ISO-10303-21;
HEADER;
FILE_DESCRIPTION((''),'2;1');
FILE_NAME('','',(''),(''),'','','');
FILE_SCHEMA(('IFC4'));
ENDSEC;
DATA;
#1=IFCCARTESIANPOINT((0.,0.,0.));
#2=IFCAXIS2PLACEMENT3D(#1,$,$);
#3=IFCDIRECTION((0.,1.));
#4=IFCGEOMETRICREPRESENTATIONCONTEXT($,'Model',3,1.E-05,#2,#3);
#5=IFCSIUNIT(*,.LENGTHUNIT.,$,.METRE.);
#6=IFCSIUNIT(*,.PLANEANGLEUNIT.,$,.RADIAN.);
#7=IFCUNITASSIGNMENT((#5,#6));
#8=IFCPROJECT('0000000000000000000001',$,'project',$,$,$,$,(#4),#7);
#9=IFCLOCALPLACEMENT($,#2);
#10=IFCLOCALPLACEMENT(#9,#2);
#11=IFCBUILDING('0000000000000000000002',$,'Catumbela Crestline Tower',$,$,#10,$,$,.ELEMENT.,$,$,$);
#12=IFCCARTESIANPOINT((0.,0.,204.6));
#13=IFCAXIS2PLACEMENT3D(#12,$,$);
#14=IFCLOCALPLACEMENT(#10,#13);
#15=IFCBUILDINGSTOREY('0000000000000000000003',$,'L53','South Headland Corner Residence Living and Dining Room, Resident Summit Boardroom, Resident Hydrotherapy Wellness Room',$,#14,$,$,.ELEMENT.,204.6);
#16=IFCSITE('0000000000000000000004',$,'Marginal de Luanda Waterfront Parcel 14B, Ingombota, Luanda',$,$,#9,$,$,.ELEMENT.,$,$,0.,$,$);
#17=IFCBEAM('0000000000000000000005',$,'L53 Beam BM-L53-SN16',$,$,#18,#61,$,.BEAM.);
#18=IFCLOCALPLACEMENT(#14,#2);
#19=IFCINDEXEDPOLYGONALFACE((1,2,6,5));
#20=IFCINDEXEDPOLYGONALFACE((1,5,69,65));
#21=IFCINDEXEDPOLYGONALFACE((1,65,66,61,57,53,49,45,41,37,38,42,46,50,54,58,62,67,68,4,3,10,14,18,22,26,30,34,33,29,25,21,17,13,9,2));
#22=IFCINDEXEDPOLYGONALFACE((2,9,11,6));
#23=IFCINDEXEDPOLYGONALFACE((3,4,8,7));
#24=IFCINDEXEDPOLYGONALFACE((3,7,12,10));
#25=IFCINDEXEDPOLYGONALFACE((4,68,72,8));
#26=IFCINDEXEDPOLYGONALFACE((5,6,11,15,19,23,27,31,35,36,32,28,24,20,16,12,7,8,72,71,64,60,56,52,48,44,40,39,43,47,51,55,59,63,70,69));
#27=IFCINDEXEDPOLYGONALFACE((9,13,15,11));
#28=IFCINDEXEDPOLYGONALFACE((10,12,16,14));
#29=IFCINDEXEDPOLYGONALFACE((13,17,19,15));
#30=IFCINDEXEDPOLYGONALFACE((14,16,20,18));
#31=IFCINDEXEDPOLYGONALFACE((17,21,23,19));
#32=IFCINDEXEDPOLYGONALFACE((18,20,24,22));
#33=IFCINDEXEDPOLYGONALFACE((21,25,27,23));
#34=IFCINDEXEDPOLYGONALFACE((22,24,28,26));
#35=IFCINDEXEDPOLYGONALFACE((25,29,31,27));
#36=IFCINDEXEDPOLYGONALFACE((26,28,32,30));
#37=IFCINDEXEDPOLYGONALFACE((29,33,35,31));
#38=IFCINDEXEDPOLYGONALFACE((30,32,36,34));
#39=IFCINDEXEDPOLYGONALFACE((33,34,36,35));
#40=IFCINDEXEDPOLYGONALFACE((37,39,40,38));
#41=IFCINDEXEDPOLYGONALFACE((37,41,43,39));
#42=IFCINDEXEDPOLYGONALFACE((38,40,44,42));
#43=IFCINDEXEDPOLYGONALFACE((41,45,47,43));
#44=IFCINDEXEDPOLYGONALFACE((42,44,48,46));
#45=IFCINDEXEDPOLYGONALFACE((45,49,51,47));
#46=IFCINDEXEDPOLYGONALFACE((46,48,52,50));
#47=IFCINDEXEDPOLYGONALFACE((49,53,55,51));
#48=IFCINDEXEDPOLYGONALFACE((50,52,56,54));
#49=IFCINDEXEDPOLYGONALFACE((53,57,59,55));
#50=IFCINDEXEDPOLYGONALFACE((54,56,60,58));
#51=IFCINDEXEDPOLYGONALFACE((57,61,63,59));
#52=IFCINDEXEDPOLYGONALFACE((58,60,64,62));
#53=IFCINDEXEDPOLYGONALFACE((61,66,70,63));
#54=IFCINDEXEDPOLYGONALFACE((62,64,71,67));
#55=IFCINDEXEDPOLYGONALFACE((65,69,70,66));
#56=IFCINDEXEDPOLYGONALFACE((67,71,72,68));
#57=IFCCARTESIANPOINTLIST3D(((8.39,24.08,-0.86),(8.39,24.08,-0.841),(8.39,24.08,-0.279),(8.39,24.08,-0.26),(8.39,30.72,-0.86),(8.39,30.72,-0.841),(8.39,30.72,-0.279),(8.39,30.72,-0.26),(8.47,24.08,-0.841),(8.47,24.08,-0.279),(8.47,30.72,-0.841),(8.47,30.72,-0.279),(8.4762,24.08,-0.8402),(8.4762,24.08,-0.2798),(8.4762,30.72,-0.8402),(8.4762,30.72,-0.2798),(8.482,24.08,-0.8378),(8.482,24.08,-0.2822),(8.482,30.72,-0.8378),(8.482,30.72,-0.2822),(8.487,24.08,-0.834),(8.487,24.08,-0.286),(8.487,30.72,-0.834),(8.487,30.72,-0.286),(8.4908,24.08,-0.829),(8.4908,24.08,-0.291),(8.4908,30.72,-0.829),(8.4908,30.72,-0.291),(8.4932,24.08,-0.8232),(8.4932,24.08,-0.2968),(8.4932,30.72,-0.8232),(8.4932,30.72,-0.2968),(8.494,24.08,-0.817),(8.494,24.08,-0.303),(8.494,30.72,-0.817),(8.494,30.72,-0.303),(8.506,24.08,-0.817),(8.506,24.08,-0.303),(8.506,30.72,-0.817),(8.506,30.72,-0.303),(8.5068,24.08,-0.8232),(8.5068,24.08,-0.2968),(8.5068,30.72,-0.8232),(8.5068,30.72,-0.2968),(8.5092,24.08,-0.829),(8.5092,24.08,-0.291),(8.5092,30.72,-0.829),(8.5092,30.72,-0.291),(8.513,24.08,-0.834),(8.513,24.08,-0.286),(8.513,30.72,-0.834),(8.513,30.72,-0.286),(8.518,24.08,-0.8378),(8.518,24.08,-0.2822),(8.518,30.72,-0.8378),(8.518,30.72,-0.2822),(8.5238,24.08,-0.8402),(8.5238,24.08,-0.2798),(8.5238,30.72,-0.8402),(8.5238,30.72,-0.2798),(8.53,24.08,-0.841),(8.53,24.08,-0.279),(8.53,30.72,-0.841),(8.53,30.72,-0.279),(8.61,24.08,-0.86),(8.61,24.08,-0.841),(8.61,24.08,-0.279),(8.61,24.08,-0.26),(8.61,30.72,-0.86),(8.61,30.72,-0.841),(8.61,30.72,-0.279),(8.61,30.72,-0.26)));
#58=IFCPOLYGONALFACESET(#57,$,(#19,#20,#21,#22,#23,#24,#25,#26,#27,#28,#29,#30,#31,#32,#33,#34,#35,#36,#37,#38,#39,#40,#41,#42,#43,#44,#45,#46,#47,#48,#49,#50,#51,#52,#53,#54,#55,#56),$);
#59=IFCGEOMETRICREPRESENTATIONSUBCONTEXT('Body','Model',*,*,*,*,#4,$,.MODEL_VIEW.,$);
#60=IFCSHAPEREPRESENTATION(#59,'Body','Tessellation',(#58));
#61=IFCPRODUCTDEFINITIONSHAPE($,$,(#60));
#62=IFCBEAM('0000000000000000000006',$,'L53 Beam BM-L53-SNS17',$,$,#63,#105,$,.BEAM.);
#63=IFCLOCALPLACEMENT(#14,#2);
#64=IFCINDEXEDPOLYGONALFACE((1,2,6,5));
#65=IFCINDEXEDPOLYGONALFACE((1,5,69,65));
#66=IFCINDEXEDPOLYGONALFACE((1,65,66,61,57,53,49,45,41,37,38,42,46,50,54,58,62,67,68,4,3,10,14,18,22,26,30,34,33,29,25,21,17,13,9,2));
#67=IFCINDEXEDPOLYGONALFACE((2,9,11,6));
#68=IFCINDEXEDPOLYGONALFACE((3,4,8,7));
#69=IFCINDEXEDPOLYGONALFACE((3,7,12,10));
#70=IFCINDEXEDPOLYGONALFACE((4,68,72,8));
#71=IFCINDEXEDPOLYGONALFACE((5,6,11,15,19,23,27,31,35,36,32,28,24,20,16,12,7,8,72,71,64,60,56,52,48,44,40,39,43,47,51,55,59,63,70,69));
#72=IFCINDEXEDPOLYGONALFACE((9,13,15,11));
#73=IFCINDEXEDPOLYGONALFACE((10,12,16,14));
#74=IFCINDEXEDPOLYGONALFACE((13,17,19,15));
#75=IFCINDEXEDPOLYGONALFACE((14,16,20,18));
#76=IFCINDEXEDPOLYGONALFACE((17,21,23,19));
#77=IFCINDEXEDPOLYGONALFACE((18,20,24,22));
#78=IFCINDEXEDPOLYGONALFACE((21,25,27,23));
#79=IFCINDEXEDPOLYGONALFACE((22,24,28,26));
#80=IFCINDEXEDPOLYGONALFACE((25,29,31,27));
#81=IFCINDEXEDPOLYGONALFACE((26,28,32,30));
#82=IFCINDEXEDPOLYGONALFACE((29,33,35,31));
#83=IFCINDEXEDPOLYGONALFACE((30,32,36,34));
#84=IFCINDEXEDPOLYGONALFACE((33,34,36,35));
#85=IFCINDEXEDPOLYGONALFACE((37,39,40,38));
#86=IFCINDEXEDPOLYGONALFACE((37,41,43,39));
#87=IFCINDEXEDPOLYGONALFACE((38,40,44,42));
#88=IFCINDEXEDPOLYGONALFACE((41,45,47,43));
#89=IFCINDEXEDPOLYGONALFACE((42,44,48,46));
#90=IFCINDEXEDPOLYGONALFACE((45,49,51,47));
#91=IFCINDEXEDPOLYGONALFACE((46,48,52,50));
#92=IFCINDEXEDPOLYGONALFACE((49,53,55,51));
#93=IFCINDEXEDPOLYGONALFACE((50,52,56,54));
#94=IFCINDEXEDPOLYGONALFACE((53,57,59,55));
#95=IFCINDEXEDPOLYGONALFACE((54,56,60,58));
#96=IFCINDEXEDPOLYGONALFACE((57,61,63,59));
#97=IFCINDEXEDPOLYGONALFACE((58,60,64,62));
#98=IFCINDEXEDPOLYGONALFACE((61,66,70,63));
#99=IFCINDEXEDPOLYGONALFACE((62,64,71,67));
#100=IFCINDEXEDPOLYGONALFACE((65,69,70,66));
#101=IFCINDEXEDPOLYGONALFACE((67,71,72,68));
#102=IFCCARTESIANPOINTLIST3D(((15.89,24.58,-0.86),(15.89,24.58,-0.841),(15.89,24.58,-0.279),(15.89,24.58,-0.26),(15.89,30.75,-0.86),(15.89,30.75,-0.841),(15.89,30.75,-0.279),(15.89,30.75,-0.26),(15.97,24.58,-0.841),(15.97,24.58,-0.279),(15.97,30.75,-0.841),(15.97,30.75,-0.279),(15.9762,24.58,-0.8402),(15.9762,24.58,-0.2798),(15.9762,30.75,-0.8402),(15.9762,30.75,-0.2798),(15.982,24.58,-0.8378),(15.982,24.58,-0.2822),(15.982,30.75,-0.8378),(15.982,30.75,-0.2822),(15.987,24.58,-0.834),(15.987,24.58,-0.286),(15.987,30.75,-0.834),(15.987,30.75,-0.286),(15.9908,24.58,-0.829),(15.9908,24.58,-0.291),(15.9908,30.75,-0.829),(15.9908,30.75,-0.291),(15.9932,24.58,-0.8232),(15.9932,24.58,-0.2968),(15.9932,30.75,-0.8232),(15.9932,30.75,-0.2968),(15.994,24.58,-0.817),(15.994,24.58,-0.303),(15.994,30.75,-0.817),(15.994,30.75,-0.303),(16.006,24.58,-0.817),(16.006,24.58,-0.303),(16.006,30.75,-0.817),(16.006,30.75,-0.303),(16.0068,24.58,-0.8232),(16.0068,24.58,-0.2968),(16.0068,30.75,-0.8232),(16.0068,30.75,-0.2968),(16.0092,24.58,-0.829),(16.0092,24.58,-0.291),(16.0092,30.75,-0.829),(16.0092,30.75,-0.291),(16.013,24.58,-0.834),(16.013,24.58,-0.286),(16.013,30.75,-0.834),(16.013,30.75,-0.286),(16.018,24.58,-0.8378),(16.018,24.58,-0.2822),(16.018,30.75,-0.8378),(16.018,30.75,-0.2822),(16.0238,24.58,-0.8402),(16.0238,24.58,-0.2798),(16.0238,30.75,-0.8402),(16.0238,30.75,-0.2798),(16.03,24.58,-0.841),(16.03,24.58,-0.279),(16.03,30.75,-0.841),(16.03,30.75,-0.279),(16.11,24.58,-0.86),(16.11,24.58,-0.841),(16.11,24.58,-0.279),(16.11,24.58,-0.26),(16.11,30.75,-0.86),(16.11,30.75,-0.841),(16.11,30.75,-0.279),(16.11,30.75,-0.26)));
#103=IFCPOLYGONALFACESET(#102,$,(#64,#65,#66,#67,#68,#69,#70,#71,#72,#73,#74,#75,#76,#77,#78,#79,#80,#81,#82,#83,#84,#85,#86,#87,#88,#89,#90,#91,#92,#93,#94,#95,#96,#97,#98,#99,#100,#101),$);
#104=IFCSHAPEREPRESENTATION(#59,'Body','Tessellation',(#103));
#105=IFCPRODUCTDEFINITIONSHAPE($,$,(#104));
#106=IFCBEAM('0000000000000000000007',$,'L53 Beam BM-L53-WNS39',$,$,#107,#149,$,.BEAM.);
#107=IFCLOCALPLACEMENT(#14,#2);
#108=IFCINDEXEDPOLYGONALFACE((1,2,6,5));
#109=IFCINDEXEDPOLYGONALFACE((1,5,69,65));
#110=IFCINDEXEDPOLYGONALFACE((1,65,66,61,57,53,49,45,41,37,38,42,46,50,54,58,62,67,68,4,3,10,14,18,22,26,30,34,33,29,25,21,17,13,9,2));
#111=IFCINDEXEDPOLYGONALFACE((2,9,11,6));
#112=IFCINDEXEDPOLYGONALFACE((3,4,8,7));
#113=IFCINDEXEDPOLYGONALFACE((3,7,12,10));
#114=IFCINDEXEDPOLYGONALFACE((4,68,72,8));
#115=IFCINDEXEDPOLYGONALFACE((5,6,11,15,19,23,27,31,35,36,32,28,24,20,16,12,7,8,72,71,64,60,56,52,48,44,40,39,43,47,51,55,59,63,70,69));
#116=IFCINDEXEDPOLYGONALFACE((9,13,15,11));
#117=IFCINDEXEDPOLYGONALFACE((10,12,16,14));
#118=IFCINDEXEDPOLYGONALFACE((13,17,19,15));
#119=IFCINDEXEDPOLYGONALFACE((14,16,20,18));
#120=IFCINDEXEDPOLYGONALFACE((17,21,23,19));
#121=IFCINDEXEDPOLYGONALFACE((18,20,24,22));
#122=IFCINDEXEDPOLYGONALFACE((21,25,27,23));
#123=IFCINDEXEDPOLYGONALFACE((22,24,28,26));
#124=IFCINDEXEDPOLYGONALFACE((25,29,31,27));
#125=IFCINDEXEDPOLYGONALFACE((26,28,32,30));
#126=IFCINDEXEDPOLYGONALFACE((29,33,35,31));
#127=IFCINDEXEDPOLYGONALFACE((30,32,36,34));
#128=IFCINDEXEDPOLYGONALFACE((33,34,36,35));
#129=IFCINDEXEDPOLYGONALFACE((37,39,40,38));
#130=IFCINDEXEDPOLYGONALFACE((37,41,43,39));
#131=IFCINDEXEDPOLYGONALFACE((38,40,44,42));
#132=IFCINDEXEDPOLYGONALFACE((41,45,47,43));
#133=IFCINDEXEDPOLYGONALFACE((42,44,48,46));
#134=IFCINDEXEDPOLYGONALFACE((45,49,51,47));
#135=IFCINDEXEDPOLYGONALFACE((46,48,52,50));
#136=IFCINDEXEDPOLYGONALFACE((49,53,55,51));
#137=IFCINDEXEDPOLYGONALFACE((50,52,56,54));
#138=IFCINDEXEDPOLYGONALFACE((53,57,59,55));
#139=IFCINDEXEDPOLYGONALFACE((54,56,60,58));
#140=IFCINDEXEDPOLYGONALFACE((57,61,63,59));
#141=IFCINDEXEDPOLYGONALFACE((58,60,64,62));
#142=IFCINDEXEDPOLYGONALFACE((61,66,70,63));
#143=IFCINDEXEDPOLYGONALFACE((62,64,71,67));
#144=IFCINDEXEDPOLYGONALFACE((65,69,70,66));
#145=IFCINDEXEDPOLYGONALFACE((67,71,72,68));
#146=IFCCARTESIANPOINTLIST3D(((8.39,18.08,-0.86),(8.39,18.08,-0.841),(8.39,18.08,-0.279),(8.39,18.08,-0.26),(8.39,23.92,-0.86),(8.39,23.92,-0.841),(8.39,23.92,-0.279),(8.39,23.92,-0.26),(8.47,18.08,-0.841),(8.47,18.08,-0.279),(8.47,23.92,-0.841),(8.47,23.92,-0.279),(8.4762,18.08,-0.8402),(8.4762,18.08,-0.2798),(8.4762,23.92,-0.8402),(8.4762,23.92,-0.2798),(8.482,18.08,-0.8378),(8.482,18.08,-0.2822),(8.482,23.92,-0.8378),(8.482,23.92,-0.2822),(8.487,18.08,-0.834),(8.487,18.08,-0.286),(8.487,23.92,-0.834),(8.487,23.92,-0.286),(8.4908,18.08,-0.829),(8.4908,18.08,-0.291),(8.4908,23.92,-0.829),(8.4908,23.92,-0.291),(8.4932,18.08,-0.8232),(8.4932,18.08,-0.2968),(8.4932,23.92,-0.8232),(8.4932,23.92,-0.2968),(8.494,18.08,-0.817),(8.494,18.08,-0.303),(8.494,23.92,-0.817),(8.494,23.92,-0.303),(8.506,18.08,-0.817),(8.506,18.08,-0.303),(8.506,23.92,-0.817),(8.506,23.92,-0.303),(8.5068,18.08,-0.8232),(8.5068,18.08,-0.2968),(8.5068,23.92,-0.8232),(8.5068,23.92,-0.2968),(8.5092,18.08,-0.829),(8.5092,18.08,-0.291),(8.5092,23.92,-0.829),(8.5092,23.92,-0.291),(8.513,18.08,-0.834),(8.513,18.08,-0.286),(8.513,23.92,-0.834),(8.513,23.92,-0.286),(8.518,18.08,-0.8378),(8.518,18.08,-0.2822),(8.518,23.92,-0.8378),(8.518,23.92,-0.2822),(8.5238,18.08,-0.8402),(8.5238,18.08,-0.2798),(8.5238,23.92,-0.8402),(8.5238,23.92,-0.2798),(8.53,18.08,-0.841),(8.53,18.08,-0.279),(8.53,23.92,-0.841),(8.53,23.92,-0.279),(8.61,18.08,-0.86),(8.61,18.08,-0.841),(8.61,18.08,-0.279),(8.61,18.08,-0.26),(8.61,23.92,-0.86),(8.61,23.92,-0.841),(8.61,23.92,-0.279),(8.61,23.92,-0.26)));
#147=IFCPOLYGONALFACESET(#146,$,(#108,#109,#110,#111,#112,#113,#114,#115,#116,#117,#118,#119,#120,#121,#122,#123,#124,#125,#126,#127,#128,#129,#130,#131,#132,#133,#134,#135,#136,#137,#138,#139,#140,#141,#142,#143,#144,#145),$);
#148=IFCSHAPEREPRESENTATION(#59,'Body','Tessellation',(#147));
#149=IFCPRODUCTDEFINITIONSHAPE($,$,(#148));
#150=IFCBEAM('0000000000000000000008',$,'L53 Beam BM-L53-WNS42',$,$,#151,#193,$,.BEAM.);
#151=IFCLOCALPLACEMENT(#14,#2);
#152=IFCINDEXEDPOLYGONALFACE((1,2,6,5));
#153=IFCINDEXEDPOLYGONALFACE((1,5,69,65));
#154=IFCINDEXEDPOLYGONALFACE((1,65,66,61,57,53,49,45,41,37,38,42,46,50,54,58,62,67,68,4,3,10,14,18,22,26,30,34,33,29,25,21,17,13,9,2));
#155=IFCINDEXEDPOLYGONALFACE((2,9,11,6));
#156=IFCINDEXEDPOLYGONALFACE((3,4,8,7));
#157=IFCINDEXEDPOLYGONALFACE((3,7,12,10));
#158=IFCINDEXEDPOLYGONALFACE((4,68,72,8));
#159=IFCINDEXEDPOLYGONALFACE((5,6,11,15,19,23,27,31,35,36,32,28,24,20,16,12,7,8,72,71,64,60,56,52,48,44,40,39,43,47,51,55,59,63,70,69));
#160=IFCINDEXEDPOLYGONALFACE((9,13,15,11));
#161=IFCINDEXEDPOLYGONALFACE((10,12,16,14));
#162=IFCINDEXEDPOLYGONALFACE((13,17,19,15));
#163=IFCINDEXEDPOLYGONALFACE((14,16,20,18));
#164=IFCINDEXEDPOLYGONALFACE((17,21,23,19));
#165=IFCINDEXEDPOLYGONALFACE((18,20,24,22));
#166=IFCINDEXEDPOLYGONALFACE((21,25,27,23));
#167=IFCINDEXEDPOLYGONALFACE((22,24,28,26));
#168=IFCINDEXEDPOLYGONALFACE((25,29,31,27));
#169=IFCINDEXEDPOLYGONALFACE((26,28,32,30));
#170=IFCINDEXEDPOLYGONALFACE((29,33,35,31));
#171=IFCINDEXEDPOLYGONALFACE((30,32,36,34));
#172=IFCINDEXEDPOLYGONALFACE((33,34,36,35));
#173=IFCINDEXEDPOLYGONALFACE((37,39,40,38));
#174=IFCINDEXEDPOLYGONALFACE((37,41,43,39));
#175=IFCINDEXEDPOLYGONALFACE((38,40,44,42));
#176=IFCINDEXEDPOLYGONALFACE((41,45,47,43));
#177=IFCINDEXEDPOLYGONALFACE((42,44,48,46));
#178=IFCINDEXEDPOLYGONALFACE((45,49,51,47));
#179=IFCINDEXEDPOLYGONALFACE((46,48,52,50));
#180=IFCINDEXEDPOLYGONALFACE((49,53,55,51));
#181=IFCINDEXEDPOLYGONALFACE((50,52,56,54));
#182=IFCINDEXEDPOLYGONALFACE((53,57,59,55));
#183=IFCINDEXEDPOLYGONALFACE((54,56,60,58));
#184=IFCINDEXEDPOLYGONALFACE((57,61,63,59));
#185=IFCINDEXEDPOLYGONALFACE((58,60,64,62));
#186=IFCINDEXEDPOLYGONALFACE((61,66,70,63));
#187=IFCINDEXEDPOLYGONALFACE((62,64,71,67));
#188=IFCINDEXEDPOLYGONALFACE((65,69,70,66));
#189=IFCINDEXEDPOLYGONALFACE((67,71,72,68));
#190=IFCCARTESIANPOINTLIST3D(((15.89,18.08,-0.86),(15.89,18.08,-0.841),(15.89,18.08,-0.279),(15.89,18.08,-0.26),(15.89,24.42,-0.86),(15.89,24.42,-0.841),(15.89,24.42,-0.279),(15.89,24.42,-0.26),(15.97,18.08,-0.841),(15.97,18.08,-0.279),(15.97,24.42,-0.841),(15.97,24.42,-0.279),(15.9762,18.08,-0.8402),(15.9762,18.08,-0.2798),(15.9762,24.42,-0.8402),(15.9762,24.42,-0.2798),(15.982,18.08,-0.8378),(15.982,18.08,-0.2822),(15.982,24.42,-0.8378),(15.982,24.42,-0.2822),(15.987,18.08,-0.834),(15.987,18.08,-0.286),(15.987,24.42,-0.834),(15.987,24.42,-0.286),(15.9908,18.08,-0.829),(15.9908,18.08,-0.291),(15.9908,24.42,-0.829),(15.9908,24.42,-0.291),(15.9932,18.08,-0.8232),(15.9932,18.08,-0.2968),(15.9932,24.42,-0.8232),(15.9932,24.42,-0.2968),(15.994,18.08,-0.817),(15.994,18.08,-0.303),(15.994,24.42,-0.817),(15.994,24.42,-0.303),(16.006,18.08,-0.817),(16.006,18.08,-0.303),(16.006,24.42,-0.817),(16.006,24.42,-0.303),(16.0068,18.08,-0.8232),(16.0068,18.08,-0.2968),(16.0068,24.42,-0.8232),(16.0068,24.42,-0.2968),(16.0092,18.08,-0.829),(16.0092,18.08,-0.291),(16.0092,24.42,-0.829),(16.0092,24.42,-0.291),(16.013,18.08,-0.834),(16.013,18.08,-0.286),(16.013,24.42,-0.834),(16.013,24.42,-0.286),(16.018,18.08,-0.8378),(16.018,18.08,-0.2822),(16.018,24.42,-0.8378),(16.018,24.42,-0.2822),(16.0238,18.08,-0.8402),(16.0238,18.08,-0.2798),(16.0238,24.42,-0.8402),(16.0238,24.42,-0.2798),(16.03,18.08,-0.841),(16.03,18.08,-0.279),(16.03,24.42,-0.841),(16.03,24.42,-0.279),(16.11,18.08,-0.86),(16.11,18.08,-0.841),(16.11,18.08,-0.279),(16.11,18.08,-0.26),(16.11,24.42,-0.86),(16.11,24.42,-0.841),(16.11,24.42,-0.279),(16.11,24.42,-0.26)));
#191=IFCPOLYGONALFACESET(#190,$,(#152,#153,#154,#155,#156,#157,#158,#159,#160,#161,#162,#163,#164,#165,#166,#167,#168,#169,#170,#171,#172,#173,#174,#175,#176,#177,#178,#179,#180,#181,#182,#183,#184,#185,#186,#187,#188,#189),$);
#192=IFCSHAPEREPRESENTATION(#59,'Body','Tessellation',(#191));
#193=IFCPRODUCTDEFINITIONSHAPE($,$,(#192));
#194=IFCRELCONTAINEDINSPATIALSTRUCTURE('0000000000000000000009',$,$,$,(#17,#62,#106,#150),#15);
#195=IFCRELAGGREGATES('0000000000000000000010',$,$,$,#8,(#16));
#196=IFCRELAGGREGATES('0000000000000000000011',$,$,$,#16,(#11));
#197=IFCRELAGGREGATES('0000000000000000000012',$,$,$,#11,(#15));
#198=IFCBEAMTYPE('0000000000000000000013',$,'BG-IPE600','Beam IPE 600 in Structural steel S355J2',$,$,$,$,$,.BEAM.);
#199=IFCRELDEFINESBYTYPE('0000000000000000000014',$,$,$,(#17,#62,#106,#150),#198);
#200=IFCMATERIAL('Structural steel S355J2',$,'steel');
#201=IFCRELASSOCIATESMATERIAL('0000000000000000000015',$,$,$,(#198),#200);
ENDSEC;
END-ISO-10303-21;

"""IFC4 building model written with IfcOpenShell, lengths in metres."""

from ifc_helpers import new_model, si_unit, direction, frame, origin, origin_2d, place, context, subcontext, project, spatial, i_section, extrude, material, material_profile, profile_set, type_object, element, save


model = new_model("IFC4")

# Units and contexts
model_context = context("Model", 3, precision=1e-05, world=origin(), true_north=direction((0.0, 1.0)))
body_context = subcontext(model_context, "Body", "Model", "MODEL_VIEW")
ifc_project = project(units=[si_unit("LENGTHUNIT", "METRE"), si_unit("PLANEANGLEUNIT", "RADIAN")], contexts=[model_context])

# Site, building, storey
site_placement = place(None, origin())
site = spatial("IfcSite", under=ifc_project, at=site_placement, Name="Marginal de Luanda Waterfront Parcel 14B, Ingombota, Luanda", CompositionType="ELEMENT", RefElevation=0.0)
building_placement = place(site_placement, origin())
building = spatial("IfcBuilding", under=site, at=building_placement, Name="Catumbela Crestline Tower", CompositionType="ELEMENT")
storey_placement = place(building_placement, frame((0.0, 0.0, 204.6)))
storey = spatial("IfcBuildingStorey", under=building, at=storey_placement, Name="L53", Description="South Headland Corner Residence Living and Dining Room, Resident Summit Boardroom, Resident Hydrotherapy Wellness Room", CompositionType="ELEMENT", Elevation=204.6)

# Shared definitions
ifc_material_1 = material(Name="Structural steel S355J2", Category="steel")

# Beams
ifc_material_profile_1 = material_profile(ifc_material_1, i_section(OverallWidth=0.22, OverallDepth=0.6, WebThickness=0.012, FlangeThickness=0.019, FilletRadius=0.024, at=origin_2d()), Name="IPE 600")
ifc_profile_set_1 = profile_set([ifc_material_profile_1], Name="Structural steel S355J2")
beam_type_1 = type_object("IfcBeamType", Name="BG-IPE600", Description="Beam IPE 600 in Structural steel S355J2", PredefinedType="BEAM", material=ifc_profile_set_1)
beam_1_placement = place(storey_placement, frame((8.5, 24.08, -0.56), z_axis=(0.0, 1.0, 0.0), x_axis=(-1.0, 0.0, 0.0)))
element("IfcBeam", 1, at=beam_1_placement, inside=storey, type_object=beam_type_1, Name="L53 Beam BM-L53-SN16", PredefinedType="BEAM", context=body_context, shape_type="SweptSolid", body=[
    extrude(i_section(OverallWidth=0.22, OverallDepth=0.6, WebThickness=0.012, FlangeThickness=0.019, FilletRadius=0.024, at=origin_2d()), origin(), (0.0, 0.0, 1.0), 6.64),
])
beam_2_placement = place(storey_placement, frame((16.0, 24.58, -0.56), z_axis=(0.0, 1.0, 0.0), x_axis=(-1.0, 0.0, 0.0)))
element("IfcBeam", 2, at=beam_2_placement, inside=storey, type_object=beam_type_1, Name="L53 Beam BM-L53-SNS17", PredefinedType="BEAM", context=body_context, shape_type="SweptSolid", body=[
    extrude(i_section(OverallWidth=0.22, OverallDepth=0.6, WebThickness=0.012, FlangeThickness=0.019, FilletRadius=0.024, at=origin_2d()), origin(), (0.0, 0.0, 1.0), 6.17),
])
beam_3_placement = place(storey_placement, frame((8.5, 18.08, -0.56), z_axis=(0.0, 1.0, 0.0), x_axis=(-1.0, 0.0, 0.0)))
element("IfcBeam", 3, at=beam_3_placement, inside=storey, type_object=beam_type_1, Name="L53 Beam BM-L53-WNS39", PredefinedType="BEAM", context=body_context, shape_type="SweptSolid", body=[
    extrude(i_section(OverallWidth=0.22, OverallDepth=0.6, WebThickness=0.012, FlangeThickness=0.019, FilletRadius=0.024, at=origin_2d()), origin(), (0.0, 0.0, 1.0), 5.84),
])
beam_4_placement = place(storey_placement, frame((16.0, 18.08, -0.56), z_axis=(0.0, 1.0, 0.0), x_axis=(-1.0, 0.0, 0.0)))
element("IfcBeam", 4, at=beam_4_placement, inside=storey, type_object=beam_type_1, Name="L53 Beam BM-L53-WNS42", PredefinedType="BEAM", context=body_context, shape_type="SweptSolid", body=[
    extrude(i_section(OverallWidth=0.22, OverallDepth=0.6, WebThickness=0.012, FlangeThickness=0.019, FilletRadius=0.024, at=origin_2d()), origin(), (0.0, 0.0, 1.0), 6.34),
])

save(model, "model.ifc")
